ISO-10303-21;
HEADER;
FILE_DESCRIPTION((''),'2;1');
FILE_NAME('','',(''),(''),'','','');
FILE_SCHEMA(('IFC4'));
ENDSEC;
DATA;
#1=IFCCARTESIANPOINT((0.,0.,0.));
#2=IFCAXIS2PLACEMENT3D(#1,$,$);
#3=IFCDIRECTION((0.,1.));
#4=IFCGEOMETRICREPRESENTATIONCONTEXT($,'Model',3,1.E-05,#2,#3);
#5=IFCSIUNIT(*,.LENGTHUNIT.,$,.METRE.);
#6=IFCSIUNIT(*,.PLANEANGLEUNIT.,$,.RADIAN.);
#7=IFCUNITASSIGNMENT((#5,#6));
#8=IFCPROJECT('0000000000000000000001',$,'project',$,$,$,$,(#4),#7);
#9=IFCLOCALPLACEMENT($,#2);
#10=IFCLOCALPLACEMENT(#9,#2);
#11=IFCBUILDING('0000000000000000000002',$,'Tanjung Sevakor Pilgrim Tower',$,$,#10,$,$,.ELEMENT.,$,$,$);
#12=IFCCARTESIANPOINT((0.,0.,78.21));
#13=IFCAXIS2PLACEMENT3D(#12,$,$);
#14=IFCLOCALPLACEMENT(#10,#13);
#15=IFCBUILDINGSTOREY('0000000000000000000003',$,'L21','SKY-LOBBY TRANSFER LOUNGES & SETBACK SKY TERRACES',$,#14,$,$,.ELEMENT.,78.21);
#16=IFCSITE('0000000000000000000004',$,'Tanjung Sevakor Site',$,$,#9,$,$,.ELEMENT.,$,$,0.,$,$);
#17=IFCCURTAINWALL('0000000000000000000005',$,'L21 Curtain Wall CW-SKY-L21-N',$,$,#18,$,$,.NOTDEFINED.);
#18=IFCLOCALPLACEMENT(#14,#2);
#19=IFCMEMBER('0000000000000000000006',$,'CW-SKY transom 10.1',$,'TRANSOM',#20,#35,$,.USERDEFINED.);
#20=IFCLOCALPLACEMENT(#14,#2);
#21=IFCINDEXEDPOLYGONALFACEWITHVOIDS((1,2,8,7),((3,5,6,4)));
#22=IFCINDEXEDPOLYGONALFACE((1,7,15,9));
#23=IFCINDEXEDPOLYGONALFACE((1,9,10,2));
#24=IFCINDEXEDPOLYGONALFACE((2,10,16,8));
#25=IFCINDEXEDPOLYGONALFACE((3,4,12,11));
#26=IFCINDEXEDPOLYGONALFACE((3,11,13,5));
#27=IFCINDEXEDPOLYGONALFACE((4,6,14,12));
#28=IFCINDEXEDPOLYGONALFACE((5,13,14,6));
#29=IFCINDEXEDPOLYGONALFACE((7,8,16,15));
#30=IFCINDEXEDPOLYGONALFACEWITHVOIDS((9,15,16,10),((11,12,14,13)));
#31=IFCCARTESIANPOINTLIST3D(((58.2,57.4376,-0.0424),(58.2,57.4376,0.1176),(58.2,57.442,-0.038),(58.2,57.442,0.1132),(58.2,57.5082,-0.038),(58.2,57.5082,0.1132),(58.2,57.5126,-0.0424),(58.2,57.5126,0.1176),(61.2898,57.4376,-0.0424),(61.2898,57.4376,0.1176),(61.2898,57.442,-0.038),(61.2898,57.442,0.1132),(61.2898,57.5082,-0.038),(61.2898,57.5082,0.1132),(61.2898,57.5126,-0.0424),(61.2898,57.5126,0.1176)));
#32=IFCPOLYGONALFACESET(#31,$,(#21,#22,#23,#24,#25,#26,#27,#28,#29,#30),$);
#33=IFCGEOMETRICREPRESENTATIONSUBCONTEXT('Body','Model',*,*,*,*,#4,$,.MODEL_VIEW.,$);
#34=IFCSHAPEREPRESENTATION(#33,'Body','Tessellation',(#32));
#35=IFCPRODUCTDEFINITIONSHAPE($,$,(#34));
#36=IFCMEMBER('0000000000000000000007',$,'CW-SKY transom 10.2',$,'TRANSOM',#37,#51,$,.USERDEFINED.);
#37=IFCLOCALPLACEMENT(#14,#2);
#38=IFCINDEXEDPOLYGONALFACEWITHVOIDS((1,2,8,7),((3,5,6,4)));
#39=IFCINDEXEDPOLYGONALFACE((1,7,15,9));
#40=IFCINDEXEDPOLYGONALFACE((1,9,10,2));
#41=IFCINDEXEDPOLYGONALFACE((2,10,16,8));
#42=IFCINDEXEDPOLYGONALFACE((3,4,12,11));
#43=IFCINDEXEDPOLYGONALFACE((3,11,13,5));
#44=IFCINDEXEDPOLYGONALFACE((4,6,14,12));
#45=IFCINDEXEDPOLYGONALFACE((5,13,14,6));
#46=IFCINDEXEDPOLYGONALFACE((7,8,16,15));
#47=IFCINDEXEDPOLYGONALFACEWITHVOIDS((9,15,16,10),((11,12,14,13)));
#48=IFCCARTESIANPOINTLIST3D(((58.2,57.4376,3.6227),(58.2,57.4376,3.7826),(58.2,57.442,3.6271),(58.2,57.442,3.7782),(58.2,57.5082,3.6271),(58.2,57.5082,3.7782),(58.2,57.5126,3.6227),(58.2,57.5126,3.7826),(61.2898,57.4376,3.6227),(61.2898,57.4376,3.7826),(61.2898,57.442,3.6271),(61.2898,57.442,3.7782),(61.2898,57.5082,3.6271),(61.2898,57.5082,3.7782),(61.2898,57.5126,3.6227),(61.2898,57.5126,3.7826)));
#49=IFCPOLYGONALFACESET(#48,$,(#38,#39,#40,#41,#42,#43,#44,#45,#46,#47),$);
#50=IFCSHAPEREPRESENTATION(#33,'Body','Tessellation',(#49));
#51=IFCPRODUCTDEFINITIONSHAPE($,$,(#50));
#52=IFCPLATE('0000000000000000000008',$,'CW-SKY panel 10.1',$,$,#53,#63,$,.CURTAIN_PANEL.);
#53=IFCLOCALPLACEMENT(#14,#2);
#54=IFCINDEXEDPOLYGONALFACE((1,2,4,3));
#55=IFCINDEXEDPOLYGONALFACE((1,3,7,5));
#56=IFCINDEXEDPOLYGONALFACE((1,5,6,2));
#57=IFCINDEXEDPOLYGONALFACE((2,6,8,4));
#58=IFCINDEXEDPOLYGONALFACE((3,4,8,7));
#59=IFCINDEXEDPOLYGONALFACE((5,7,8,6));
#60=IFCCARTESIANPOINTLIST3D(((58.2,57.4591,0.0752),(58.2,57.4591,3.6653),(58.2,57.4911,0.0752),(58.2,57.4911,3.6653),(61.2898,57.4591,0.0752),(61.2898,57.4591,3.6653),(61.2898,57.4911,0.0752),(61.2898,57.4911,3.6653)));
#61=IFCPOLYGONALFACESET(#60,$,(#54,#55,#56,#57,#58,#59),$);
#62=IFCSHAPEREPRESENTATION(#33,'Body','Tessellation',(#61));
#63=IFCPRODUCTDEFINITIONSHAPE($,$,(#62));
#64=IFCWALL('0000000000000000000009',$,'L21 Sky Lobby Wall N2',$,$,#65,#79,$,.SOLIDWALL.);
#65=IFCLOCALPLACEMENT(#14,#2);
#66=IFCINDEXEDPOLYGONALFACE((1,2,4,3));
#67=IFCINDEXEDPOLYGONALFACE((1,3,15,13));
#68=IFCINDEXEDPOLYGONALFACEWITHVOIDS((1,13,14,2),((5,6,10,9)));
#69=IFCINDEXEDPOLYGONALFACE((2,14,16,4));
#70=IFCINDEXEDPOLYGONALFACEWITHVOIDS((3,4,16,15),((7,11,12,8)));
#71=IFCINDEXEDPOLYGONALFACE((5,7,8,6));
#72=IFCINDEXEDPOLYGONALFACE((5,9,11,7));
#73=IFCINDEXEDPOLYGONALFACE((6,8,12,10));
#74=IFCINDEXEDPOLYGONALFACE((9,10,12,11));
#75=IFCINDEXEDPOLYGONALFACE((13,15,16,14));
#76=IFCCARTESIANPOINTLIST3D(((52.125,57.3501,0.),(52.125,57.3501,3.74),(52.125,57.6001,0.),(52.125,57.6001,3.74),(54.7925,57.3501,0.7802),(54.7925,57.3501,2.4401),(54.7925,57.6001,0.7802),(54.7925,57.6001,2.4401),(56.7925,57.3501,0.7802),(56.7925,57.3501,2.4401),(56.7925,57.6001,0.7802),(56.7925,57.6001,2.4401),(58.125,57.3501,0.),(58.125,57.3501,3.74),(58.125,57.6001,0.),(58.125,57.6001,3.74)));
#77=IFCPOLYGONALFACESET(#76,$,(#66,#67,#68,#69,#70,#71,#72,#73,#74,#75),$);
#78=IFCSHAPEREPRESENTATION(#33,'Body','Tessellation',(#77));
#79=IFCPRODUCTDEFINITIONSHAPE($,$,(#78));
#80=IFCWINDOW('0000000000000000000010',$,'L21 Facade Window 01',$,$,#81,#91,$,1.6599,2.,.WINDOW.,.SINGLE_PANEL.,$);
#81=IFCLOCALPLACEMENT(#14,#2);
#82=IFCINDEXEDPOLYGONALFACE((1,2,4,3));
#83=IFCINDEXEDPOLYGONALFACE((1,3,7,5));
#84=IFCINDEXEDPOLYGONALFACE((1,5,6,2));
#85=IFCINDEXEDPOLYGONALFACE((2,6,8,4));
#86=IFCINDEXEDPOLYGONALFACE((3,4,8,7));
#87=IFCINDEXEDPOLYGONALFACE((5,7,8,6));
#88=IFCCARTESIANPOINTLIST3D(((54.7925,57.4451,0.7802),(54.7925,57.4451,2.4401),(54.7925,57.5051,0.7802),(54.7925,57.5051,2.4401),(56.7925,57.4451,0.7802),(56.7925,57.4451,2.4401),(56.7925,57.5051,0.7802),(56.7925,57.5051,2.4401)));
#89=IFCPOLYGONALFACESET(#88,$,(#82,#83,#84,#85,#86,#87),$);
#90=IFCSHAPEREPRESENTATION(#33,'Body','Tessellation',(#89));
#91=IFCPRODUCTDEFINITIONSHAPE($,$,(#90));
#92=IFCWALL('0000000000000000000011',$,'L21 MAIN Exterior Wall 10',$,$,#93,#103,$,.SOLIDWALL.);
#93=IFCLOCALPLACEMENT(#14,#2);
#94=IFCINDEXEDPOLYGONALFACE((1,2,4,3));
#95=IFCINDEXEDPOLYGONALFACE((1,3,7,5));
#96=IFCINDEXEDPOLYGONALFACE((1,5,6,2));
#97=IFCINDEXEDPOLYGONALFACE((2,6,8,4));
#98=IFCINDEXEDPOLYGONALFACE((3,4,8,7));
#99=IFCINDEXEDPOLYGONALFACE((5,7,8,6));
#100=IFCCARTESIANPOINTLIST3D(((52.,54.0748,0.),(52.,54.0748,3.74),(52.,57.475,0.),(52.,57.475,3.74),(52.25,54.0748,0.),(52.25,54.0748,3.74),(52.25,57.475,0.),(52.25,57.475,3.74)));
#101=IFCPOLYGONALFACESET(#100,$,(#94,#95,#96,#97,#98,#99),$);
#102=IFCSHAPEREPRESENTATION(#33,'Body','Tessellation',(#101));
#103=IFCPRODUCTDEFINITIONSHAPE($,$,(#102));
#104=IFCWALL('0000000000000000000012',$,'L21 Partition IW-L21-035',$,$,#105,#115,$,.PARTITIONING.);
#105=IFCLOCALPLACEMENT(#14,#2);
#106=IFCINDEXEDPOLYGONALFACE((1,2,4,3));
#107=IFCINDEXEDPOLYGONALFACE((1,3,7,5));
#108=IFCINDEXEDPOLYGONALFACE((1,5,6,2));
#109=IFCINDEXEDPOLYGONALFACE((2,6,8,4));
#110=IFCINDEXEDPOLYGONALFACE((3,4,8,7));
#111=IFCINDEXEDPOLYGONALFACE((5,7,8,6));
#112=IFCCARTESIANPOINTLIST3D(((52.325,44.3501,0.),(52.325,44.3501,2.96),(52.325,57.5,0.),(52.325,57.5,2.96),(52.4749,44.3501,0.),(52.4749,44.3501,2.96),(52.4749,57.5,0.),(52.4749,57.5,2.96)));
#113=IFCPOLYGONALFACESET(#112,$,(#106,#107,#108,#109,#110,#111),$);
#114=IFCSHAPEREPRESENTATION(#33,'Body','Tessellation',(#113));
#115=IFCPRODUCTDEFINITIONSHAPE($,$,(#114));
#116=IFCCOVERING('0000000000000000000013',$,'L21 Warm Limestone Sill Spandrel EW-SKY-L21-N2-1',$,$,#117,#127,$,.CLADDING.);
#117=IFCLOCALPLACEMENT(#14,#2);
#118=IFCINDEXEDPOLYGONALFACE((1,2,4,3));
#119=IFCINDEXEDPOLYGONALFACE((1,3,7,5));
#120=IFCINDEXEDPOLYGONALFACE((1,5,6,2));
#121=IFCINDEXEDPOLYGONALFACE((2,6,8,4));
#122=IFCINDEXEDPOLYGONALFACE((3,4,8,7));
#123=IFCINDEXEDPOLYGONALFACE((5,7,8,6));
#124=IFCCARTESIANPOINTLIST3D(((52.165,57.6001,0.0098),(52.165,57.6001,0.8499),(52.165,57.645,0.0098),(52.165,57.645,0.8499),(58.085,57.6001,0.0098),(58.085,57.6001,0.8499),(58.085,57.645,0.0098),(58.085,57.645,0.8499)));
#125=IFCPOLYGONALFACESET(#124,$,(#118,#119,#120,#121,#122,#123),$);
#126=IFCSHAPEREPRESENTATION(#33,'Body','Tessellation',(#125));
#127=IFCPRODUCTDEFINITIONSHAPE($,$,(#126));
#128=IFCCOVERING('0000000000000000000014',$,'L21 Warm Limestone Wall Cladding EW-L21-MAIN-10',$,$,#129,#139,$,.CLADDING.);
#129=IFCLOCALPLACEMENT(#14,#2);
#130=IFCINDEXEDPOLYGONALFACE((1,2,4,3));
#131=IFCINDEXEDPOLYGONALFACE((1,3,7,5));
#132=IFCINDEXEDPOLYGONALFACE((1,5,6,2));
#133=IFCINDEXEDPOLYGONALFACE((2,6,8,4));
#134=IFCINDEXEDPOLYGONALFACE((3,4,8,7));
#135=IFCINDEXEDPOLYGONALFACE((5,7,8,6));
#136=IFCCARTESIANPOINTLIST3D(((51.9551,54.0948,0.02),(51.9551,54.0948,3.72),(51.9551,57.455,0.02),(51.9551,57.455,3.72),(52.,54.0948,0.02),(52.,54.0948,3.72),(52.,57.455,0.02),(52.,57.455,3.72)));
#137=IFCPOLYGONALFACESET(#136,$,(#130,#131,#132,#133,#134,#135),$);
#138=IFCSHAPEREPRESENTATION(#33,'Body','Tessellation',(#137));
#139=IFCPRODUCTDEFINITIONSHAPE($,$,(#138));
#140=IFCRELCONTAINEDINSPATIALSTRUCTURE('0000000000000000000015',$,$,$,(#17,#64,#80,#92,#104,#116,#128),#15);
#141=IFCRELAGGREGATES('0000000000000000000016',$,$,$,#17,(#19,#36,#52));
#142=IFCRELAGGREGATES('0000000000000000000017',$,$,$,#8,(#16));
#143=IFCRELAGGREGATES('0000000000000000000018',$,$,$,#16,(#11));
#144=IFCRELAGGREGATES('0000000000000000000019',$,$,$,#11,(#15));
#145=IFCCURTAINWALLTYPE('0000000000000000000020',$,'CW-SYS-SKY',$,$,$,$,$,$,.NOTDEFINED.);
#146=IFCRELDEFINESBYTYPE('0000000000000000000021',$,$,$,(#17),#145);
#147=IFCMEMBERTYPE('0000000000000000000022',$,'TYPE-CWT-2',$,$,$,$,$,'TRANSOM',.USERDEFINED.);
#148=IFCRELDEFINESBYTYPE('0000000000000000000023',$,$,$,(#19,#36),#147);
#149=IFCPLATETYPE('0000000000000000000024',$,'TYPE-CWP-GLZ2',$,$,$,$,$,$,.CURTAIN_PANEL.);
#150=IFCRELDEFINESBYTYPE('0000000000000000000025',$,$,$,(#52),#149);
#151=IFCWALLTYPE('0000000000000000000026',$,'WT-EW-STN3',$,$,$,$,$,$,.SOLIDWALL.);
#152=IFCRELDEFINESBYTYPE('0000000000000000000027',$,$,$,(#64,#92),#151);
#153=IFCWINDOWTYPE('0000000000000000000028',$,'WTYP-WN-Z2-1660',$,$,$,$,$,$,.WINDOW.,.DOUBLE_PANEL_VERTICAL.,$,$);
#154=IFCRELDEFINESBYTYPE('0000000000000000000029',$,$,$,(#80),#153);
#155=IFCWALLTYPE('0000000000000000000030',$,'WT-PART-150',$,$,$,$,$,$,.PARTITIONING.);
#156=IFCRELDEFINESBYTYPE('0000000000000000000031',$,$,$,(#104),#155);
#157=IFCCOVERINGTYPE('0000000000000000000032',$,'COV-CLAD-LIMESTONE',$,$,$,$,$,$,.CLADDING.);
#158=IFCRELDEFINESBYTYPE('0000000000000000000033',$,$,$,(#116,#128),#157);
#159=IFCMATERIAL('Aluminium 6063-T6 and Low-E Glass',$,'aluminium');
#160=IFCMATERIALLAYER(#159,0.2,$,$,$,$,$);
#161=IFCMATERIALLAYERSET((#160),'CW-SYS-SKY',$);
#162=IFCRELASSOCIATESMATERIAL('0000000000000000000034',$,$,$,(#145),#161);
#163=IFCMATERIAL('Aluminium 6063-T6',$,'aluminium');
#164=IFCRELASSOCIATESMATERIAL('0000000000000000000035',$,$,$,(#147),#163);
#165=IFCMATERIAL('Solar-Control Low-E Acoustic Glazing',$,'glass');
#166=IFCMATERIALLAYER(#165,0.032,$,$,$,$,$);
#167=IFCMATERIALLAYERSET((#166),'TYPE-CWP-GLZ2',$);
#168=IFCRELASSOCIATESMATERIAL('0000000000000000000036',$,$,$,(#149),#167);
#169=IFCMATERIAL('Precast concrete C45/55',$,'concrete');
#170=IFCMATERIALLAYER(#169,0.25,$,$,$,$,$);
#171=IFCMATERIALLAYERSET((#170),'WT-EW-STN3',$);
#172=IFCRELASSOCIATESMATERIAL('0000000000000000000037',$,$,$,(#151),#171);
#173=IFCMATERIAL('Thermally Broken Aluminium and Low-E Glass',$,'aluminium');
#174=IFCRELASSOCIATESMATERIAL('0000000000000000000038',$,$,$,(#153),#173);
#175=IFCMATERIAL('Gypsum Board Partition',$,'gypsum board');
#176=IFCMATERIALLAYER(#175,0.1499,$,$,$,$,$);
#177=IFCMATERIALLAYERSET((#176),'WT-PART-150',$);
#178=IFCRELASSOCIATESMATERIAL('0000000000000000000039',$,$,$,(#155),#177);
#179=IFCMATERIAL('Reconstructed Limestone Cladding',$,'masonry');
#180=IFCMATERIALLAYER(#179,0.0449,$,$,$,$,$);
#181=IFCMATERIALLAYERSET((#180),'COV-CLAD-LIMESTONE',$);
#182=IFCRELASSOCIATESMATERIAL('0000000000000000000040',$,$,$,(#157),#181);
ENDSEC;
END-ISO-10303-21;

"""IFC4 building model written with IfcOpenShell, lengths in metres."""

from ifc_helpers import new_model, si_unit, direction, frame, frame_2d, origin, origin_2d, place, context, subcontext, project, spatial, rectangle, hollow_rectangle, extrude, material, layer, layer_set, material_profile, profile_set, type_object, element, fill, aggregate, save


model = new_model("IFC4")

# Units and contexts
model_context = context("Model", 3, precision=1e-05, world=origin(), true_north=direction((0.0, 1.0)))
body_context = subcontext(model_context, "Body", "Model", "MODEL_VIEW")
ifc_project = project(units=[si_unit("LENGTHUNIT", "METRE"), si_unit("PLANEANGLEUNIT", "RADIAN")], contexts=[model_context])

# Site, building, storey
site_placement = place(None, origin())
site = spatial("IfcSite", under=ifc_project, at=site_placement, Name="Tanjung Sevakor Site", CompositionType="ELEMENT", RefElevation=0.0)
building_placement = place(site_placement, origin())
building = spatial("IfcBuilding", under=site, at=building_placement, Name="Tanjung Sevakor Pilgrim Tower", CompositionType="ELEMENT")
storey_placement = place(building_placement, frame((0.0, 0.0, 78.21)))
storey = spatial("IfcBuildingStorey", under=building, at=storey_placement, Name="L21", Description="SKY-LOBBY TRANSFER LOUNGES & SETBACK SKY TERRACES", CompositionType="ELEMENT", Elevation=78.21)

# Curtain wall
ifc_material_1 = material(Name="Aluminium 6063-T6 and Low-E Glass", Category="aluminium")
ifc_layer_1 = layer(ifc_material_1, 0.2)
ifc_layer_set_1 = layer_set([ifc_layer_1], Name="CW-SYS-SKY")
curtain_wall_type_1 = type_object("IfcCurtainWallType", Name="CW-SYS-SKY", PredefinedType="NOTDEFINED", material=ifc_layer_set_1)
curtain_wall_1_placement = place(storey_placement, origin())
curtain_wall_1 = element("IfcCurtainWall", 1, at=curtain_wall_1_placement, inside=storey, type_object=curtain_wall_type_1, Name="L21 Curtain Wall CW-SKY-L21-N", PredefinedType="NOTDEFINED")

# Members
ifc_material_2 = material(Name="Aluminium 6063-T6", Category="aluminium")
ifc_material_profile_1 = material_profile(ifc_material_2, hollow_rectangle(XDim=0.075, YDim=0.1599, WallThickness=0.0044, at=origin_2d()))
ifc_profile_set_1 = profile_set([ifc_material_profile_1], Name="Aluminium 6063-T6")
member_type_1 = type_object("IfcMemberType", Name="TYPE-CWT-2", ElementType="TRANSOM", PredefinedType="USERDEFINED", material=ifc_profile_set_1)
member_1_placement = place(storey_placement, frame((61.2898, 57.4751, 0.0376), z_axis=(-1.0, 0.0, 0.0), x_axis=(0.0, -1.0, 0.0)))
member_1 = element("IfcMember", 2, at=member_1_placement, type_object=member_type_1, Name="CW-SKY transom 10.1", ObjectType="TRANSOM", PredefinedType="USERDEFINED", context=body_context, shape_type="SweptSolid", body=[
    extrude(hollow_rectangle(XDim=0.075, YDim=0.1599, WallThickness=0.0044, at=origin_2d()), origin(), (0.0, 0.0, 1.0), 3.0898),
])
member_2_placement = place(storey_placement, frame((61.2898, 57.4751, 3.7026), z_axis=(-1.0, 0.0, 0.0), x_axis=(0.0, -1.0, 0.0)))
member_2 = element("IfcMember", 3, at=member_2_placement, type_object=member_type_1, Name="CW-SKY transom 10.2", ObjectType="TRANSOM", PredefinedType="USERDEFINED", context=body_context, shape_type="SweptSolid", body=[
    extrude(hollow_rectangle(XDim=0.075, YDim=0.1599, WallThickness=0.0044, at=origin_2d()), origin(), (0.0, 0.0, 1.0), 3.0898),
])

# Plate
ifc_material_3 = material(Name="Solar-Control Low-E Acoustic Glazing", Category="glass")
ifc_layer_2 = layer(ifc_material_3, 0.032)
ifc_layer_set_2 = layer_set([ifc_layer_2], Name="TYPE-CWP-GLZ2")
plate_type = type_object("IfcPlateType", Name="TYPE-CWP-GLZ2", PredefinedType="CURTAIN_PANEL", material=ifc_layer_set_2)
plate_placement = place(storey_placement, frame((59.7449, 57.4751, 0.0752), z_axis=(0.0, 0.0, 1.0), x_axis=(-1.0, 0.0, 0.0)))
plate = element("IfcPlate", 4, at=plate_placement, type_object=plate_type, Name="CW-SKY panel 10.1", PredefinedType="CURTAIN_PANEL", context=body_context, shape_type="SweptSolid", body=[
    extrude(rectangle(XDim=3.0898, YDim=0.032, at=origin_2d()), origin(), (0.0, 0.0, 1.0), 3.5901),
])
aggregate(curtain_wall_1, [member_1, member_2, plate])

# Wall, opening, window
ifc_material_4 = material(Name="Precast concrete C45/55", Category="concrete")
ifc_layer_3 = layer(ifc_material_4, 0.25)
ifc_layer_set_3 = layer_set([ifc_layer_3], Name="WT-EW-STN3")
wall_type_1 = type_object("IfcWallType", Name="WT-EW-STN3", PredefinedType="SOLIDWALL", material=ifc_layer_set_3)
wall_1_placement = place(storey_placement, frame((58.125, 57.4751, 0.0), z_axis=(0.0, 0.0, 1.0), x_axis=(-1.0, 0.0, 0.0)))
wall_1 = element("IfcWall", 5, at=wall_1_placement, inside=storey, type_object=wall_type_1, Name="L21 Sky Lobby Wall N2", PredefinedType="SOLIDWALL", context=body_context, shape_type="SweptSolid", body=[
    extrude(rectangle(XDim=6.0, YDim=0.25, at=frame_2d((3.0, 0.0))), origin(), (0.0, 0.0, 1.0), 3.74),
])
opening_placement = place(wall_1_placement, frame((1.3325, 0.0, 0.78)))
opening = element("IfcOpeningElement", 6, at=opening_placement, cuts=wall_1, PredefinedType="OPENING", context=body_context, shape_type="SweptSolid", body=[
    extrude(rectangle(XDim=2.0, YDim=1.6599, at=frame_2d((1.0, 0.8301))), frame((0.0, 0.135, 0.0), z_axis=(0.0, -1.0, 0.0), x_axis=(1.0, 0.0, 0.0)), (0.0, 0.0, 1.0), 0.27),
])
ifc_material_5 = material(Name="Thermally Broken Aluminium and Low-E Glass", Category="aluminium")
window_type = type_object("IfcWindowType", Name="WTYP-WN-Z2-1660", PartitioningType="DOUBLE_PANEL_VERTICAL", PredefinedType="WINDOW", material=ifc_material_5)
window_placement = place(opening_placement, origin())
window = element("IfcWindow", 7, at=window_placement, inside=storey, type_object=window_type, Name="L21 Facade Window 01", OverallHeight=1.6599, OverallWidth=2.0, PartitioningType="SINGLE_PANEL", PredefinedType="WINDOW", context=body_context, shape_type="SweptSolid", body=[
    extrude(rectangle(XDim=2.0, YDim=1.6599, at=frame_2d((1.0, 0.8301))), frame((0.0, 0.03, 0.0), z_axis=(0.0, -1.0, 0.0), x_axis=(1.0, 0.0, 0.0)), (0.0, 0.0, 1.0), 0.0601),
])
fill(opening, window)

# Walls
wall_2_placement = place(storey_placement, frame((52.125, 57.4751, 0.0), z_axis=(0.0, 0.0, 1.0), x_axis=(0.0, -1.0, 0.0)))
element("IfcWall", 8, at=wall_2_placement, inside=storey, type_object=wall_type_1, Name="L21 MAIN Exterior Wall 10", PredefinedType="SOLIDWALL", context=body_context, shape_type="SweptSolid", body=[
    extrude(rectangle(XDim=3.4001, YDim=0.25, at=frame_2d((1.7002, 0.0))), origin(), (0.0, 0.0, 1.0), 3.74),
])
ifc_material_6 = material(Name="Gypsum Board Partition", Category="gypsum board")
ifc_layer_4 = layer(ifc_material_6, 0.1499)
ifc_layer_set_4 = layer_set([ifc_layer_4], Name="WT-PART-150")
wall_type_2 = type_object("IfcWallType", Name="WT-PART-150", PredefinedType="PARTITIONING", material=ifc_layer_set_4)
wall_3_placement = place(storey_placement, frame((52.3999, 44.3501, 0.0), z_axis=(0.0, 0.0, 1.0), x_axis=(0.0, 1.0, 0.0)))
element("IfcWall", 9, at=wall_3_placement, inside=storey, type_object=wall_type_2, Name="L21 Partition IW-L21-035", PredefinedType="PARTITIONING", context=body_context, shape_type="SweptSolid", body=[
    extrude(rectangle(XDim=13.1499, YDim=0.1499, at=frame_2d((6.575, 0.0))), origin(), (0.0, 0.0, 1.0), 2.96),
])

# Coverings
ifc_material_7 = material(Name="Reconstructed Limestone Cladding", Category="masonry")
ifc_layer_5 = layer(ifc_material_7, 0.0449)
ifc_layer_set_5 = layer_set([ifc_layer_5], Name="COV-CLAD-LIMESTONE")
covering_type = type_object("IfcCoveringType", Name="COV-CLAD-LIMESTONE", PredefinedType="CLADDING", material=ifc_layer_set_5)
covering_1_placement = place(storey_placement, frame((55.125, 57.6226, 0.0098), z_axis=(0.0, 0.0, 1.0), x_axis=(-1.0, 0.0, 0.0)))
element("IfcCovering", 10, at=covering_1_placement, inside=storey, type_object=covering_type, Name="L21 Warm Limestone Sill Spandrel EW-SKY-L21-N2-1", PredefinedType="CLADDING", context=body_context, shape_type="SweptSolid", body=[
    extrude(rectangle(XDim=5.9199, YDim=0.0449, at=origin_2d()), origin(), (0.0, 0.0, 1.0), 0.8401),
])
covering_2_placement = place(storey_placement, frame((51.9775, 55.7749, 0.02), z_axis=(0.0, 0.0, 1.0), x_axis=(0.0, -1.0, 0.0)))
element("IfcCovering", 11, at=covering_2_placement, inside=storey, type_object=covering_type, Name="L21 Warm Limestone Wall Cladding EW-L21-MAIN-10", PredefinedType="CLADDING", context=body_context, shape_type="SweptSolid", body=[
    extrude(rectangle(XDim=3.3601, YDim=0.0449, at=origin_2d()), origin(), (0.0, 0.0, 1.0), 3.7),
])

save(model, "model.ifc")
